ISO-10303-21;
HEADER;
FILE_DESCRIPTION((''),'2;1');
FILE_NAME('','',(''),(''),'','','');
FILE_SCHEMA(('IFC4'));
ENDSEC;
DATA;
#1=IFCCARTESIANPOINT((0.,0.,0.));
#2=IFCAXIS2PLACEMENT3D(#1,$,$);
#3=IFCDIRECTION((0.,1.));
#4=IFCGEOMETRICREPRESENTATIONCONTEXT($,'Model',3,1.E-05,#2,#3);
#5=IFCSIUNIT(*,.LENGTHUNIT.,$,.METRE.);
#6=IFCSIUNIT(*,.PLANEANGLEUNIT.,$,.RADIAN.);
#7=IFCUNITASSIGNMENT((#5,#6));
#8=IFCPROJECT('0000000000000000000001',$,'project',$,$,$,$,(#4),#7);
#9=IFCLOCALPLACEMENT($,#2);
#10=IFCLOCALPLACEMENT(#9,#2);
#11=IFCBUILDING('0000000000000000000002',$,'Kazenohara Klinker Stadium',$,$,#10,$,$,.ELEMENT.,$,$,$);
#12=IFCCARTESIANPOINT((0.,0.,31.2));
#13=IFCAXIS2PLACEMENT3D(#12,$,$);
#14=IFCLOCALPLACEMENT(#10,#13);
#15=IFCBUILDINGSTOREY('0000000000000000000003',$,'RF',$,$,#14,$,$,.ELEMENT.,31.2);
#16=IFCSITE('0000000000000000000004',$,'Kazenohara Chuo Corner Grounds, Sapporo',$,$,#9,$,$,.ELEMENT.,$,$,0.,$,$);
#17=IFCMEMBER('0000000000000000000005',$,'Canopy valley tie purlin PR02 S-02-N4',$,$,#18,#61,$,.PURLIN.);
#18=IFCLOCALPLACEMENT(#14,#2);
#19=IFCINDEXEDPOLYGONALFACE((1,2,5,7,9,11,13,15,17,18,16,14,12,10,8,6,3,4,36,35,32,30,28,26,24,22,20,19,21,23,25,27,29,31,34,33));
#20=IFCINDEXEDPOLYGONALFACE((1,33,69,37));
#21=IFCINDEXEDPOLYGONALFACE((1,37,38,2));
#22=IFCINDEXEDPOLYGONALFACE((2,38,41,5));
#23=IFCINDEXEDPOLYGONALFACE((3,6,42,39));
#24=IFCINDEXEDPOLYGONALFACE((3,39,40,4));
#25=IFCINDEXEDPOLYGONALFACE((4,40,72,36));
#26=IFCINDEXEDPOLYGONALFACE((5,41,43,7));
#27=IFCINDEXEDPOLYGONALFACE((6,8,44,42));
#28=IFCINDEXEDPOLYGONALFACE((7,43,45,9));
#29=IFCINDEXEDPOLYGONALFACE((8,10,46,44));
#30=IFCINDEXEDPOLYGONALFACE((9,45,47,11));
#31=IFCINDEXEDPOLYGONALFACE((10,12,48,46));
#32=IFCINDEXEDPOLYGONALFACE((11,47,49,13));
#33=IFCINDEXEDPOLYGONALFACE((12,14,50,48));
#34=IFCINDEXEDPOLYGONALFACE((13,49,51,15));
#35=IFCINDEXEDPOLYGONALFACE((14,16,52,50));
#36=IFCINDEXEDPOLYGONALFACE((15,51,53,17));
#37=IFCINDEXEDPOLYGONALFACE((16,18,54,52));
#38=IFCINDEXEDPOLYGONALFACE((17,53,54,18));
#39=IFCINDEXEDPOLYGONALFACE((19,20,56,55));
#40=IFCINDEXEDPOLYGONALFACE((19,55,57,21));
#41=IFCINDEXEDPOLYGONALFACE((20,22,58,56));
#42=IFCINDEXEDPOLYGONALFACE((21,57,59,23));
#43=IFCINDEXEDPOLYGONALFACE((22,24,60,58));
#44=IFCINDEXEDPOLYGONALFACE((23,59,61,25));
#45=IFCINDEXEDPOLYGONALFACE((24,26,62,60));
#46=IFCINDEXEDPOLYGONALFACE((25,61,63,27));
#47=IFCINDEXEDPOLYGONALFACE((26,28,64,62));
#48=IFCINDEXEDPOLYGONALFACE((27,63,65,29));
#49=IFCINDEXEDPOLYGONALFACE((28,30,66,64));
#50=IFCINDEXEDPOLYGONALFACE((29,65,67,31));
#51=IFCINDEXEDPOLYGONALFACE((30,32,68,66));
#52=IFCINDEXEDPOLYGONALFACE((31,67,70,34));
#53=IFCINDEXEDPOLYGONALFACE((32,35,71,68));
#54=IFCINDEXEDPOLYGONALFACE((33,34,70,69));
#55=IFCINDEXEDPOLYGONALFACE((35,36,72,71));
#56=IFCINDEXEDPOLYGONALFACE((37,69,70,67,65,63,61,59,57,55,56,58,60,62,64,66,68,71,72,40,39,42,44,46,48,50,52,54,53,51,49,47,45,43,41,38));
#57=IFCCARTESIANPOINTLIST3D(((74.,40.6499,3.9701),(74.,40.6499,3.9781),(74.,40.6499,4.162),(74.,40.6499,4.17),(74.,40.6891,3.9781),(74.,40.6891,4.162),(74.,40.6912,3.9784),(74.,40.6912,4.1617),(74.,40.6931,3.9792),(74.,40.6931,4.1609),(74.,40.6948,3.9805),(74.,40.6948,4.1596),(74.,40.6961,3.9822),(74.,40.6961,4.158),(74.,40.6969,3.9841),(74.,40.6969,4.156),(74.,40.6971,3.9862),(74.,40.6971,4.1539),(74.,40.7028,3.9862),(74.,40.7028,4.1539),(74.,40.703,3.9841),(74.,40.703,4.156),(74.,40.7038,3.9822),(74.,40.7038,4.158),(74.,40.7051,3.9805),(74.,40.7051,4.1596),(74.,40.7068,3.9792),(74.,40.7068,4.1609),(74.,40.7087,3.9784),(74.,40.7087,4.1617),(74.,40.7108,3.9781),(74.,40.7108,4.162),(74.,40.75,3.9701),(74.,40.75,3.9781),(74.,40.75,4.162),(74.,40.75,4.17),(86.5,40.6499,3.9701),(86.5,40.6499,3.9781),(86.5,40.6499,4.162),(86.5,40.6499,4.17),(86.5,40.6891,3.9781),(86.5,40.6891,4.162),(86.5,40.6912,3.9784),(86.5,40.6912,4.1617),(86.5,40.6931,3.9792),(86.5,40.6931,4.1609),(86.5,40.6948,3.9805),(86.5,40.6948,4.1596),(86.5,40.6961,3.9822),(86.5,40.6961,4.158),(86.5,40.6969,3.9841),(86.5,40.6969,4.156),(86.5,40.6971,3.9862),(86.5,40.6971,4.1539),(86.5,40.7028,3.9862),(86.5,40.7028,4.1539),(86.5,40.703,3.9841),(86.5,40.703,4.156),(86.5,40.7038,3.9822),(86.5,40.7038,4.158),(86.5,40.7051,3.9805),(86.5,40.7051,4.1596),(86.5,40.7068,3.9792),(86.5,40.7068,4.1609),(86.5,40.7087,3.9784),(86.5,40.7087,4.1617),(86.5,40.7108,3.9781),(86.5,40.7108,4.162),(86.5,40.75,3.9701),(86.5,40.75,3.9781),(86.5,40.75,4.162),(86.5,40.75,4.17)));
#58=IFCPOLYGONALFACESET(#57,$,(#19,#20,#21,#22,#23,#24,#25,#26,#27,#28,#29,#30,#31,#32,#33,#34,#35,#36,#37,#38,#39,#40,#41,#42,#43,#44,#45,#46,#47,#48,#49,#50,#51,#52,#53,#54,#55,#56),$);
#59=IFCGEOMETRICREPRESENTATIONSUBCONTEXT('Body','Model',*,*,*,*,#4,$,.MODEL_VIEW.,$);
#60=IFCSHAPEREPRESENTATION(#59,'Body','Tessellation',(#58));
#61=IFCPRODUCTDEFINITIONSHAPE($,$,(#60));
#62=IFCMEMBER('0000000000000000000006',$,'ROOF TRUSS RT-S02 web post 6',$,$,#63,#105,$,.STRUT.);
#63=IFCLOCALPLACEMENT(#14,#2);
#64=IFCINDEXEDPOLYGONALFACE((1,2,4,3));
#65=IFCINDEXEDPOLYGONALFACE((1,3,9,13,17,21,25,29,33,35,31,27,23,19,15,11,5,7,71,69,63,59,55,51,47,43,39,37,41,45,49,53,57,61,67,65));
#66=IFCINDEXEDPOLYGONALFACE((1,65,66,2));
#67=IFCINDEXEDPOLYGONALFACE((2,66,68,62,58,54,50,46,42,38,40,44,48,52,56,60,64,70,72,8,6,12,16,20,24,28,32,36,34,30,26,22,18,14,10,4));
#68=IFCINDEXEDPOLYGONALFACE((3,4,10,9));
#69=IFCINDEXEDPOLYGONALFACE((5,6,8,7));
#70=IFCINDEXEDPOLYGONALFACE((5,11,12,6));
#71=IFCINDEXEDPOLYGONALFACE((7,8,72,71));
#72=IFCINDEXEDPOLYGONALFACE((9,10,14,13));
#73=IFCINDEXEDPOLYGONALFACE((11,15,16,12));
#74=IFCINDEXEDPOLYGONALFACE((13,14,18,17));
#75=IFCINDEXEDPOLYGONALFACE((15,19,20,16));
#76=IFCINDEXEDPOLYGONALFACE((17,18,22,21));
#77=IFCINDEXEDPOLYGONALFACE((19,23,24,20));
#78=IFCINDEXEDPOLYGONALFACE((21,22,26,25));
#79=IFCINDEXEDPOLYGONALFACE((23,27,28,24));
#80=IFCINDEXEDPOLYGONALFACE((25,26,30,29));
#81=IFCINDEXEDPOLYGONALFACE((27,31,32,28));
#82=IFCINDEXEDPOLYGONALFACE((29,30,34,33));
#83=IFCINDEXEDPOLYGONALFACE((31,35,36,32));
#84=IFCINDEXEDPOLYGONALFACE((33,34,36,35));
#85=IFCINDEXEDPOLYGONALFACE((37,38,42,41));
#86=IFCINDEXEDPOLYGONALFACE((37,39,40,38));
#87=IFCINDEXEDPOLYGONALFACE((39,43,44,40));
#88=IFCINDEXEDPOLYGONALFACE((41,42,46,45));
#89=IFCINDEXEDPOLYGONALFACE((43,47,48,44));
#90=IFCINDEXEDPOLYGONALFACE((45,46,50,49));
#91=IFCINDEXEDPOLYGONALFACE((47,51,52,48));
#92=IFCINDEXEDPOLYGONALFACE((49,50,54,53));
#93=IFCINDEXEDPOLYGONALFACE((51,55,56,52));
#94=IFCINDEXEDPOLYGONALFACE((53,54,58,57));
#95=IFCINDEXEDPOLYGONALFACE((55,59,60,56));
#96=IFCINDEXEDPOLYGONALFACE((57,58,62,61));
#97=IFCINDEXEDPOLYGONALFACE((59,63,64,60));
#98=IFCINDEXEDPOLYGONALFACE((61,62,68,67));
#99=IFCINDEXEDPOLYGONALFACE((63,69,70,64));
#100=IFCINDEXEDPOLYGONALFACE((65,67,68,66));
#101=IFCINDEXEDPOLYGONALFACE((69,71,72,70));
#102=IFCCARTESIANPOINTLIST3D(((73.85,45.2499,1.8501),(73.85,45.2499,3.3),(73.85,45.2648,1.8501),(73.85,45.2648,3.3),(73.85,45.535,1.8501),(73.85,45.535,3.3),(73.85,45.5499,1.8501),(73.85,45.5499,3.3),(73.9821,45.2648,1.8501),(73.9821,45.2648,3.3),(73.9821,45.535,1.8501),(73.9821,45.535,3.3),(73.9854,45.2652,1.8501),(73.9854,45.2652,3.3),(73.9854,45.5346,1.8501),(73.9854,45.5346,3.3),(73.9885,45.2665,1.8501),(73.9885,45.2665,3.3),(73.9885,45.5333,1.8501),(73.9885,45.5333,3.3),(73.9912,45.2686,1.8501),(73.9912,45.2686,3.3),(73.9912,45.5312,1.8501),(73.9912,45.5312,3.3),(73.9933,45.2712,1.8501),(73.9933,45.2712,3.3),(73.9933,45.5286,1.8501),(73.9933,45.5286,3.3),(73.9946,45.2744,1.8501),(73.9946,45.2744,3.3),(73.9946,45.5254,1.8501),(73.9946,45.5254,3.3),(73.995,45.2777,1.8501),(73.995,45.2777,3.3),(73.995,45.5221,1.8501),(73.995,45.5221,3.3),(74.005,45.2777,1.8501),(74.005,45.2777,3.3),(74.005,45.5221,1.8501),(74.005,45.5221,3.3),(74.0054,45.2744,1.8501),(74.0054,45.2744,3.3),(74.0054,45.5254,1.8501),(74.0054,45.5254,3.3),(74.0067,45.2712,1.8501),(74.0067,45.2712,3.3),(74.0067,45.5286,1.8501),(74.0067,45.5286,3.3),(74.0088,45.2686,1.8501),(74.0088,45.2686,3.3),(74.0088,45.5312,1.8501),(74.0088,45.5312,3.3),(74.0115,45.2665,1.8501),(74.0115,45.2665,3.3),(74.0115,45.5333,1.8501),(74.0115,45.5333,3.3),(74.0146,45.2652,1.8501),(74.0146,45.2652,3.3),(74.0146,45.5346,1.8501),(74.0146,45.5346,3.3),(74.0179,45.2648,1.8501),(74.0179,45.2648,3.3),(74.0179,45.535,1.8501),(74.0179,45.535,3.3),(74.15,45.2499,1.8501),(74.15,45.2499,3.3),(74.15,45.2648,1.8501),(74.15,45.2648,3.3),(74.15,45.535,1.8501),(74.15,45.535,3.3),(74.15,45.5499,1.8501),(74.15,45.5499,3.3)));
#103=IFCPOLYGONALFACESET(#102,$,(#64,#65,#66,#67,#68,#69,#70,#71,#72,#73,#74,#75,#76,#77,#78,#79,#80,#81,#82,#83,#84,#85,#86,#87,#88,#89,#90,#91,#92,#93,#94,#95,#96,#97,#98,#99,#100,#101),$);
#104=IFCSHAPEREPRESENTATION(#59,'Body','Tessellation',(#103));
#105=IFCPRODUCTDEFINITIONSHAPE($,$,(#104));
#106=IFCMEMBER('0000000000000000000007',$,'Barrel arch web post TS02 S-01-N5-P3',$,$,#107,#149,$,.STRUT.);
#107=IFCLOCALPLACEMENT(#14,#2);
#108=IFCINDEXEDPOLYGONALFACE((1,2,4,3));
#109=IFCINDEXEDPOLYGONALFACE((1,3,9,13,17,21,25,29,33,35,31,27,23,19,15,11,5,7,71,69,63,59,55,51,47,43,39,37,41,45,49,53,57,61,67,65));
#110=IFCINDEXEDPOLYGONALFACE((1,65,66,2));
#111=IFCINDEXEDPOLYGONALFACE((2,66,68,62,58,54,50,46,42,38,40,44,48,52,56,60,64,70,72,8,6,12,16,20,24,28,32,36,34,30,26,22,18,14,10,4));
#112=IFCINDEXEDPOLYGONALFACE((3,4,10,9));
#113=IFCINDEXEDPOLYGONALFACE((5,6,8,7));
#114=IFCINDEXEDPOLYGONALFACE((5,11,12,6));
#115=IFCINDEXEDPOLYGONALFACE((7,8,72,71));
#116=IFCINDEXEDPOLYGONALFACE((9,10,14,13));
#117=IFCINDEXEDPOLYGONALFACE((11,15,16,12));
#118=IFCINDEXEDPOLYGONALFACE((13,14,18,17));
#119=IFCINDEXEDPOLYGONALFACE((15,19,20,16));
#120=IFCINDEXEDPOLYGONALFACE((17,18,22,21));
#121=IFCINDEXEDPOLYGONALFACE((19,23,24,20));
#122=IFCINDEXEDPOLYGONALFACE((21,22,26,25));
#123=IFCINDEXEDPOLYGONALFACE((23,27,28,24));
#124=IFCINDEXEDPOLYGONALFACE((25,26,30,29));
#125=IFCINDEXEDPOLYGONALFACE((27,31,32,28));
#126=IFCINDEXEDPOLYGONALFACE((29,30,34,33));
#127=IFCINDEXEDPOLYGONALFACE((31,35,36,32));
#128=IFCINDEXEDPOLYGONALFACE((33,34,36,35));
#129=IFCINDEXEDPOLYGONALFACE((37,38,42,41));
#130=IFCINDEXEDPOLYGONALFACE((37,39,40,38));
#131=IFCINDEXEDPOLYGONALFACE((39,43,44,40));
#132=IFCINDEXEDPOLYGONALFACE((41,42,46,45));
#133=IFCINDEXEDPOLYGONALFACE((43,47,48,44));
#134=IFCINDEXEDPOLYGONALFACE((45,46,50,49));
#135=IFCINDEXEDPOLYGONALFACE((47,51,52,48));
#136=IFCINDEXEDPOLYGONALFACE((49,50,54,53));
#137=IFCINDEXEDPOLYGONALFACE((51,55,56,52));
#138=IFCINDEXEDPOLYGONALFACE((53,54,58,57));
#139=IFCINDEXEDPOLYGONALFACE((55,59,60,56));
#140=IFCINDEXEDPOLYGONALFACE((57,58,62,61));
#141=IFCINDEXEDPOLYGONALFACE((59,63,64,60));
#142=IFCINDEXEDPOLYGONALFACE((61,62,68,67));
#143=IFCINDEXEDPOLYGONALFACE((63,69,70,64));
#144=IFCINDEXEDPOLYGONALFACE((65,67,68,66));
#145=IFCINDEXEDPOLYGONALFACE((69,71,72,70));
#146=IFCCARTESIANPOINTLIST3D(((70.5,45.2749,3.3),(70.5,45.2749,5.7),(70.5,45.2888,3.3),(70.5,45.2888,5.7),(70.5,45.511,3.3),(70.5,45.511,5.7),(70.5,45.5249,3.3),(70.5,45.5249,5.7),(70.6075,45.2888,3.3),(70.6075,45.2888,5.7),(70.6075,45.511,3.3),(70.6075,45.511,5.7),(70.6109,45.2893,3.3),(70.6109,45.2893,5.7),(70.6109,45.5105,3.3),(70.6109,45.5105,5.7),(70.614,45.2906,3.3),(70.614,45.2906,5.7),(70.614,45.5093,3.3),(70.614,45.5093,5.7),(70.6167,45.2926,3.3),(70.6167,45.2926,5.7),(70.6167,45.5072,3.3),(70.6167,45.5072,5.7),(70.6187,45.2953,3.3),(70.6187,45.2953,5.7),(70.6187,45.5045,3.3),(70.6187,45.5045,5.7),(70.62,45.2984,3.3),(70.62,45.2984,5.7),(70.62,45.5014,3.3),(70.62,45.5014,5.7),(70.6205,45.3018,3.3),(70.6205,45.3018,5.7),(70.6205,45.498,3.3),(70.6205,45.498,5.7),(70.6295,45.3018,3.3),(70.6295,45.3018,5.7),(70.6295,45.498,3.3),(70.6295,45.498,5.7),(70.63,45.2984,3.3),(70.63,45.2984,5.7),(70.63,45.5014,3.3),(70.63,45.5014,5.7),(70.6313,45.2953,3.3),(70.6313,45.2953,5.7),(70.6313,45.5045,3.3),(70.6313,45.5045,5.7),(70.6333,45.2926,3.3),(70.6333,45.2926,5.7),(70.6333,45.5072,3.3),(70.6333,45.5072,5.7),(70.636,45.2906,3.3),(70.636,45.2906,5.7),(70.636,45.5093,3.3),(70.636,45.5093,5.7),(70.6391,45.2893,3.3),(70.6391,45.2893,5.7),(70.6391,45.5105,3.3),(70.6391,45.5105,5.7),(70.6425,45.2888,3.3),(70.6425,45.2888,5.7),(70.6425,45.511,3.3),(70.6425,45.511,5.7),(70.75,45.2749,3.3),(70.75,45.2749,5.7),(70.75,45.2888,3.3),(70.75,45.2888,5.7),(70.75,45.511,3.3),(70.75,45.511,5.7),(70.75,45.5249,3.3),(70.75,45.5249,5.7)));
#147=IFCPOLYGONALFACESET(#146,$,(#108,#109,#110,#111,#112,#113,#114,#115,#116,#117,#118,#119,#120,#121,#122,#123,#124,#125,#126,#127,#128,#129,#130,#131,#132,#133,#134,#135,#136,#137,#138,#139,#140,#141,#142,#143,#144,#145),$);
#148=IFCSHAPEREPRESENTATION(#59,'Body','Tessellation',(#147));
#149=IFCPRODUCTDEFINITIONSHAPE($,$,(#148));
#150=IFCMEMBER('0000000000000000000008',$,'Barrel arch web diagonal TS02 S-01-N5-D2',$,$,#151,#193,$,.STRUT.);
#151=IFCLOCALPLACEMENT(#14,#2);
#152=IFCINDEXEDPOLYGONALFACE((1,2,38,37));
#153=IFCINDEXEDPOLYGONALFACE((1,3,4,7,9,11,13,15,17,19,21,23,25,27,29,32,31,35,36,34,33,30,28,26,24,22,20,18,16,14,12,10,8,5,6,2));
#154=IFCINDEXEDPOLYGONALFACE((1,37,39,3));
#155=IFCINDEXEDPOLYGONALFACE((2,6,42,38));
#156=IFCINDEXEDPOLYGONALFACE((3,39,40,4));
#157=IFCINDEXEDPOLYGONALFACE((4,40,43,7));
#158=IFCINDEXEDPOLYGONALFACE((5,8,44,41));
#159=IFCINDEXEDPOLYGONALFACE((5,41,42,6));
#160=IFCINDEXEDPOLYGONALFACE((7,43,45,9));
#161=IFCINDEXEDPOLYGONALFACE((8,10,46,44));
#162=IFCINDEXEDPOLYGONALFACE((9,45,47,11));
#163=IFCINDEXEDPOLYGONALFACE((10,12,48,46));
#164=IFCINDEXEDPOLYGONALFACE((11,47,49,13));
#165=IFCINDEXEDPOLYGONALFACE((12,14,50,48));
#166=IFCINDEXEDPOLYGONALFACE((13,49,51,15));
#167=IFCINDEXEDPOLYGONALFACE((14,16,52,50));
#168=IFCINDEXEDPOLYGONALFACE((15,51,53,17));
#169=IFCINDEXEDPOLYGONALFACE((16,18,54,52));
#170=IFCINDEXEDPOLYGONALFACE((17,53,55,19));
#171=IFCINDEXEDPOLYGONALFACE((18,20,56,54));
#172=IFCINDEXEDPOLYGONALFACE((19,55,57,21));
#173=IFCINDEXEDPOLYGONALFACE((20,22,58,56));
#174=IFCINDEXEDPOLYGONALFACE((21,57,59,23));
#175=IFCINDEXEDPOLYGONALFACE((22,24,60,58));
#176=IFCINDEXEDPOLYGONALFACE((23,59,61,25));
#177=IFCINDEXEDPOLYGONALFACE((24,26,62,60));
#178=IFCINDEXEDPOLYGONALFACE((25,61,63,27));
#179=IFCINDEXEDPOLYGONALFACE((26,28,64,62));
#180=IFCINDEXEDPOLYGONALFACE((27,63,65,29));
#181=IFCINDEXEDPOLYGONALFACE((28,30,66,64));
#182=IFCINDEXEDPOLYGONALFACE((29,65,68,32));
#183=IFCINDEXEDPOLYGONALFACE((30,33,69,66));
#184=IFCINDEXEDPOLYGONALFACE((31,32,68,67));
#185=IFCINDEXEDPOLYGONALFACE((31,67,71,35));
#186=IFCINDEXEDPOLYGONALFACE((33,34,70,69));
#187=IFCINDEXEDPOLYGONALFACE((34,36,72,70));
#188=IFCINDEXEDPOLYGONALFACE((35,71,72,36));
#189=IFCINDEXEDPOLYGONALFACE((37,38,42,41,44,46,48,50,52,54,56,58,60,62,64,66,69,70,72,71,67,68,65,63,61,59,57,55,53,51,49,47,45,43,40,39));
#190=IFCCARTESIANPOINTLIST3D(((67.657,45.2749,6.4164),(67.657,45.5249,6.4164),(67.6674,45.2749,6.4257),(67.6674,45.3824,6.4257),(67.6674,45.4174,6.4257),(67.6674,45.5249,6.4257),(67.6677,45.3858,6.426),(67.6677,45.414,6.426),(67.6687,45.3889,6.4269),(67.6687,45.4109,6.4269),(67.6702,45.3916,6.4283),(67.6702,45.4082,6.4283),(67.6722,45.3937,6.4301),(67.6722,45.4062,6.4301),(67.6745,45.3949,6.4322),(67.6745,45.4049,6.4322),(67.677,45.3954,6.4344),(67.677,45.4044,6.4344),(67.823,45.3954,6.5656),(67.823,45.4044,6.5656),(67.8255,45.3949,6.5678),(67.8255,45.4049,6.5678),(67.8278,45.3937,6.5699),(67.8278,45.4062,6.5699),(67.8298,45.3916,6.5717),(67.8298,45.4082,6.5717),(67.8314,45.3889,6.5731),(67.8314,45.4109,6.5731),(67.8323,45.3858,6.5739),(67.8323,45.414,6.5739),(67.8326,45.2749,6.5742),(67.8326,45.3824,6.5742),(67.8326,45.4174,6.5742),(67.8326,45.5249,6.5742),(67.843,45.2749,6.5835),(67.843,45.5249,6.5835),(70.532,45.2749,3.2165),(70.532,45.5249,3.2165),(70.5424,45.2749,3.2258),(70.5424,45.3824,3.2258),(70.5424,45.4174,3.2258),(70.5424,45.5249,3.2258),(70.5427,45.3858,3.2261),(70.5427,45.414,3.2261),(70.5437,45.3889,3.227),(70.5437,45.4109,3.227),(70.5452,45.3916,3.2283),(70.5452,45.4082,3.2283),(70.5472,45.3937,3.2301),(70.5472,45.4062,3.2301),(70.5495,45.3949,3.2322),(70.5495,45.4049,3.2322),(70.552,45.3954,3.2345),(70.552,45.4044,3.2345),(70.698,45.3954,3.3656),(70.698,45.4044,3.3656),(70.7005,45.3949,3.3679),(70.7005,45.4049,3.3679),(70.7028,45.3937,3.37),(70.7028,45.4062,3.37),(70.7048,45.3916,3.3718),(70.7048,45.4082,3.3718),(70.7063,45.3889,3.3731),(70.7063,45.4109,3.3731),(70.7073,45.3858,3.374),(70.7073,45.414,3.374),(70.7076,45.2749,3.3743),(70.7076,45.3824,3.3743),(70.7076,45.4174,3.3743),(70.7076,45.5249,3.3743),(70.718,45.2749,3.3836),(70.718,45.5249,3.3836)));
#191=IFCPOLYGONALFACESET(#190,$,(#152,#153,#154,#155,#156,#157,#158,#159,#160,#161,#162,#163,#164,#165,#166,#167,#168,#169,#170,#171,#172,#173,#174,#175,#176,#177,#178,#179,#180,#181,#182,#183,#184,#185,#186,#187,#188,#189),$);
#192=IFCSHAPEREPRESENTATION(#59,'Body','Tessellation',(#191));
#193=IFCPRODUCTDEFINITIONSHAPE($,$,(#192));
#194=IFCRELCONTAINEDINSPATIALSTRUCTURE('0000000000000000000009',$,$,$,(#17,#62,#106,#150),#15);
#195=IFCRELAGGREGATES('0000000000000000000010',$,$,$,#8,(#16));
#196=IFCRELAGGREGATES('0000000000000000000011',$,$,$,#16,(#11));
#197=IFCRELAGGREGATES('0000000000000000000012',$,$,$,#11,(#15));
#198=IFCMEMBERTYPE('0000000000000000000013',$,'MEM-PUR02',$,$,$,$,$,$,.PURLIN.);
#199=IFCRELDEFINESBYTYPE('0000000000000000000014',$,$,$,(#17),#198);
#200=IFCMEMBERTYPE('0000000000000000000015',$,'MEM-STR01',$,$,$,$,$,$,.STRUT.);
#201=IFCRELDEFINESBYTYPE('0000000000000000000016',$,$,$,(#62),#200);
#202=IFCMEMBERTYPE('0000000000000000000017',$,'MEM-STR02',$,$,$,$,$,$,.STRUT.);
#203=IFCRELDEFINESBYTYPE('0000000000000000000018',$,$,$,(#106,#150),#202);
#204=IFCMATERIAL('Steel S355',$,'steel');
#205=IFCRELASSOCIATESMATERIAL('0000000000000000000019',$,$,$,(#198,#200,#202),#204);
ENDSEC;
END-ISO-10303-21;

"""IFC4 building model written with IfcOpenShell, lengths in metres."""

from ifc_helpers import new_model, si_unit, direction, frame, origin, origin_2d, place, context, subcontext, project, spatial, i_section, extrude, material, material_profile, profile_set, type_object, element, save


model = new_model("IFC4")

# Units and contexts
model_context = context("Model", 3, precision=1e-05, world=origin(), true_north=direction((0.0, 1.0)))
body_context = subcontext(model_context, "Body", "Model", "MODEL_VIEW")
ifc_project = project(units=[si_unit("LENGTHUNIT", "METRE"), si_unit("PLANEANGLEUNIT", "RADIAN")], contexts=[model_context])

# Site, building, storey
site_placement = place(None, origin())
site = spatial("IfcSite", under=ifc_project, at=site_placement, Name="Kazenohara Chuo Corner Grounds, Sapporo", CompositionType="ELEMENT", RefElevation=0.0)
building_placement = place(site_placement, origin())
building = spatial("IfcBuilding", under=site, at=building_placement, Name="Kazenohara Klinker Stadium", CompositionType="ELEMENT")
storey_placement = place(building_placement, frame((0.0, 0.0, 31.2)))
storey = spatial("IfcBuildingStorey", under=building, at=storey_placement, Name="RF", CompositionType="ELEMENT", Elevation=31.2)

# Members
ifc_material = material(Name="Steel S355", Category="steel")
ifc_material_profile_1 = material_profile(ifc_material, i_section(OverallWidth=0.1001, OverallDepth=0.2, WebThickness=0.0056, FlangeThickness=0.0081, FilletRadius=0.0081, at=origin_2d()), Name="H-200x100x5.5x8")
ifc_profile_set_1 = profile_set([ifc_material_profile_1], Name="Steel S355")
member_type_1 = type_object("IfcMemberType", Name="MEM-PUR02", PredefinedType="PURLIN", material=ifc_profile_set_1)
member_1_placement = place(storey_placement, frame((74.0, 40.7, 4.0701), z_axis=(1.0, 0.0, 0.0), x_axis=(0.0, 1.0, 0.0)))
element("IfcMember", 1, at=member_1_placement, inside=storey, type_object=member_type_1, Name="Canopy valley tie purlin PR02 S-02-N4", PredefinedType="PURLIN", context=body_context, shape_type="SweptSolid", body=[
    extrude(i_section(OverallWidth=0.1001, OverallDepth=0.2, WebThickness=0.0056, FlangeThickness=0.0081, FilletRadius=0.0081, at=origin_2d()), origin(), (0.0, 0.0, 1.0), 12.5),
])
ifc_material_profile_2 = material_profile(ifc_material, i_section(OverallWidth=0.3, OverallDepth=0.3, WebThickness=0.01, FlangeThickness=0.0149, FilletRadius=0.0129, at=origin_2d()), Name="H-300x300x10x15")
ifc_profile_set_2 = profile_set([ifc_material_profile_2], Name="Steel S355")
member_type_2 = type_object("IfcMemberType", Name="MEM-STR01", PredefinedType="STRUT", material=ifc_profile_set_2)
member_2_placement = place(storey_placement, frame((74.0, 45.3999, 1.8501), z_axis=(0.0, 0.0, 1.0), x_axis=(1.0, 0.0, 0.0)))
element("IfcMember", 2, at=member_2_placement, inside=storey, type_object=member_type_2, Name="ROOF TRUSS RT-S02 web post 6", PredefinedType="STRUT", context=body_context, shape_type="SweptSolid", body=[
    extrude(i_section(OverallWidth=0.3, OverallDepth=0.3, WebThickness=0.01, FlangeThickness=0.0149, FilletRadius=0.0129, at=origin_2d()), origin(), (0.0, 0.0, 1.0), 1.45),
])
ifc_material_profile_3 = material_profile(ifc_material, i_section(OverallWidth=0.25, OverallDepth=0.25, WebThickness=0.009, FlangeThickness=0.0139, FilletRadius=0.0129, at=origin_2d()), Name="H-250x250x9x14")
ifc_profile_set_3 = profile_set([ifc_material_profile_3], Name="Steel S355")
member_type_3 = type_object("IfcMemberType", Name="MEM-STR02", PredefinedType="STRUT", material=ifc_profile_set_3)
member_3_placement = place(storey_placement, frame((70.625, 45.3999, 3.3), z_axis=(0.0, 0.0, 1.0), x_axis=(1.0, 0.0, 0.0)))
element("IfcMember", 3, at=member_3_placement, inside=storey, type_object=member_type_3, Name="Barrel arch web post TS02 S-01-N5-P3", PredefinedType="STRUT", context=body_context, shape_type="SweptSolid", body=[
    extrude(i_section(OverallWidth=0.25, OverallDepth=0.25, WebThickness=0.009, FlangeThickness=0.0139, FilletRadius=0.0129, at=origin_2d()), origin(), (0.0, 0.0, 1.0), 2.3999),
])
member_4_placement = place(storey_placement, frame((70.625, 45.3999, 3.3), z_axis=(-0.668328, 0.0, 0.743867), x_axis=(0.0, -1.0, 0.0)))
element("IfcMember", 4, at=member_4_placement, inside=storey, type_object=member_type_3, Name="Barrel arch web diagonal TS02 S-01-N5-D2", PredefinedType="STRUT", context=body_context, shape_type="SweptSolid", body=[
    extrude(i_section(OverallWidth=0.25, OverallDepth=0.25, WebThickness=0.009, FlangeThickness=0.0139, FilletRadius=0.0129, at=origin_2d()), origin(), (0.0, 0.0, 1.0), 4.3018),
])

save(model, "model.ifc")
